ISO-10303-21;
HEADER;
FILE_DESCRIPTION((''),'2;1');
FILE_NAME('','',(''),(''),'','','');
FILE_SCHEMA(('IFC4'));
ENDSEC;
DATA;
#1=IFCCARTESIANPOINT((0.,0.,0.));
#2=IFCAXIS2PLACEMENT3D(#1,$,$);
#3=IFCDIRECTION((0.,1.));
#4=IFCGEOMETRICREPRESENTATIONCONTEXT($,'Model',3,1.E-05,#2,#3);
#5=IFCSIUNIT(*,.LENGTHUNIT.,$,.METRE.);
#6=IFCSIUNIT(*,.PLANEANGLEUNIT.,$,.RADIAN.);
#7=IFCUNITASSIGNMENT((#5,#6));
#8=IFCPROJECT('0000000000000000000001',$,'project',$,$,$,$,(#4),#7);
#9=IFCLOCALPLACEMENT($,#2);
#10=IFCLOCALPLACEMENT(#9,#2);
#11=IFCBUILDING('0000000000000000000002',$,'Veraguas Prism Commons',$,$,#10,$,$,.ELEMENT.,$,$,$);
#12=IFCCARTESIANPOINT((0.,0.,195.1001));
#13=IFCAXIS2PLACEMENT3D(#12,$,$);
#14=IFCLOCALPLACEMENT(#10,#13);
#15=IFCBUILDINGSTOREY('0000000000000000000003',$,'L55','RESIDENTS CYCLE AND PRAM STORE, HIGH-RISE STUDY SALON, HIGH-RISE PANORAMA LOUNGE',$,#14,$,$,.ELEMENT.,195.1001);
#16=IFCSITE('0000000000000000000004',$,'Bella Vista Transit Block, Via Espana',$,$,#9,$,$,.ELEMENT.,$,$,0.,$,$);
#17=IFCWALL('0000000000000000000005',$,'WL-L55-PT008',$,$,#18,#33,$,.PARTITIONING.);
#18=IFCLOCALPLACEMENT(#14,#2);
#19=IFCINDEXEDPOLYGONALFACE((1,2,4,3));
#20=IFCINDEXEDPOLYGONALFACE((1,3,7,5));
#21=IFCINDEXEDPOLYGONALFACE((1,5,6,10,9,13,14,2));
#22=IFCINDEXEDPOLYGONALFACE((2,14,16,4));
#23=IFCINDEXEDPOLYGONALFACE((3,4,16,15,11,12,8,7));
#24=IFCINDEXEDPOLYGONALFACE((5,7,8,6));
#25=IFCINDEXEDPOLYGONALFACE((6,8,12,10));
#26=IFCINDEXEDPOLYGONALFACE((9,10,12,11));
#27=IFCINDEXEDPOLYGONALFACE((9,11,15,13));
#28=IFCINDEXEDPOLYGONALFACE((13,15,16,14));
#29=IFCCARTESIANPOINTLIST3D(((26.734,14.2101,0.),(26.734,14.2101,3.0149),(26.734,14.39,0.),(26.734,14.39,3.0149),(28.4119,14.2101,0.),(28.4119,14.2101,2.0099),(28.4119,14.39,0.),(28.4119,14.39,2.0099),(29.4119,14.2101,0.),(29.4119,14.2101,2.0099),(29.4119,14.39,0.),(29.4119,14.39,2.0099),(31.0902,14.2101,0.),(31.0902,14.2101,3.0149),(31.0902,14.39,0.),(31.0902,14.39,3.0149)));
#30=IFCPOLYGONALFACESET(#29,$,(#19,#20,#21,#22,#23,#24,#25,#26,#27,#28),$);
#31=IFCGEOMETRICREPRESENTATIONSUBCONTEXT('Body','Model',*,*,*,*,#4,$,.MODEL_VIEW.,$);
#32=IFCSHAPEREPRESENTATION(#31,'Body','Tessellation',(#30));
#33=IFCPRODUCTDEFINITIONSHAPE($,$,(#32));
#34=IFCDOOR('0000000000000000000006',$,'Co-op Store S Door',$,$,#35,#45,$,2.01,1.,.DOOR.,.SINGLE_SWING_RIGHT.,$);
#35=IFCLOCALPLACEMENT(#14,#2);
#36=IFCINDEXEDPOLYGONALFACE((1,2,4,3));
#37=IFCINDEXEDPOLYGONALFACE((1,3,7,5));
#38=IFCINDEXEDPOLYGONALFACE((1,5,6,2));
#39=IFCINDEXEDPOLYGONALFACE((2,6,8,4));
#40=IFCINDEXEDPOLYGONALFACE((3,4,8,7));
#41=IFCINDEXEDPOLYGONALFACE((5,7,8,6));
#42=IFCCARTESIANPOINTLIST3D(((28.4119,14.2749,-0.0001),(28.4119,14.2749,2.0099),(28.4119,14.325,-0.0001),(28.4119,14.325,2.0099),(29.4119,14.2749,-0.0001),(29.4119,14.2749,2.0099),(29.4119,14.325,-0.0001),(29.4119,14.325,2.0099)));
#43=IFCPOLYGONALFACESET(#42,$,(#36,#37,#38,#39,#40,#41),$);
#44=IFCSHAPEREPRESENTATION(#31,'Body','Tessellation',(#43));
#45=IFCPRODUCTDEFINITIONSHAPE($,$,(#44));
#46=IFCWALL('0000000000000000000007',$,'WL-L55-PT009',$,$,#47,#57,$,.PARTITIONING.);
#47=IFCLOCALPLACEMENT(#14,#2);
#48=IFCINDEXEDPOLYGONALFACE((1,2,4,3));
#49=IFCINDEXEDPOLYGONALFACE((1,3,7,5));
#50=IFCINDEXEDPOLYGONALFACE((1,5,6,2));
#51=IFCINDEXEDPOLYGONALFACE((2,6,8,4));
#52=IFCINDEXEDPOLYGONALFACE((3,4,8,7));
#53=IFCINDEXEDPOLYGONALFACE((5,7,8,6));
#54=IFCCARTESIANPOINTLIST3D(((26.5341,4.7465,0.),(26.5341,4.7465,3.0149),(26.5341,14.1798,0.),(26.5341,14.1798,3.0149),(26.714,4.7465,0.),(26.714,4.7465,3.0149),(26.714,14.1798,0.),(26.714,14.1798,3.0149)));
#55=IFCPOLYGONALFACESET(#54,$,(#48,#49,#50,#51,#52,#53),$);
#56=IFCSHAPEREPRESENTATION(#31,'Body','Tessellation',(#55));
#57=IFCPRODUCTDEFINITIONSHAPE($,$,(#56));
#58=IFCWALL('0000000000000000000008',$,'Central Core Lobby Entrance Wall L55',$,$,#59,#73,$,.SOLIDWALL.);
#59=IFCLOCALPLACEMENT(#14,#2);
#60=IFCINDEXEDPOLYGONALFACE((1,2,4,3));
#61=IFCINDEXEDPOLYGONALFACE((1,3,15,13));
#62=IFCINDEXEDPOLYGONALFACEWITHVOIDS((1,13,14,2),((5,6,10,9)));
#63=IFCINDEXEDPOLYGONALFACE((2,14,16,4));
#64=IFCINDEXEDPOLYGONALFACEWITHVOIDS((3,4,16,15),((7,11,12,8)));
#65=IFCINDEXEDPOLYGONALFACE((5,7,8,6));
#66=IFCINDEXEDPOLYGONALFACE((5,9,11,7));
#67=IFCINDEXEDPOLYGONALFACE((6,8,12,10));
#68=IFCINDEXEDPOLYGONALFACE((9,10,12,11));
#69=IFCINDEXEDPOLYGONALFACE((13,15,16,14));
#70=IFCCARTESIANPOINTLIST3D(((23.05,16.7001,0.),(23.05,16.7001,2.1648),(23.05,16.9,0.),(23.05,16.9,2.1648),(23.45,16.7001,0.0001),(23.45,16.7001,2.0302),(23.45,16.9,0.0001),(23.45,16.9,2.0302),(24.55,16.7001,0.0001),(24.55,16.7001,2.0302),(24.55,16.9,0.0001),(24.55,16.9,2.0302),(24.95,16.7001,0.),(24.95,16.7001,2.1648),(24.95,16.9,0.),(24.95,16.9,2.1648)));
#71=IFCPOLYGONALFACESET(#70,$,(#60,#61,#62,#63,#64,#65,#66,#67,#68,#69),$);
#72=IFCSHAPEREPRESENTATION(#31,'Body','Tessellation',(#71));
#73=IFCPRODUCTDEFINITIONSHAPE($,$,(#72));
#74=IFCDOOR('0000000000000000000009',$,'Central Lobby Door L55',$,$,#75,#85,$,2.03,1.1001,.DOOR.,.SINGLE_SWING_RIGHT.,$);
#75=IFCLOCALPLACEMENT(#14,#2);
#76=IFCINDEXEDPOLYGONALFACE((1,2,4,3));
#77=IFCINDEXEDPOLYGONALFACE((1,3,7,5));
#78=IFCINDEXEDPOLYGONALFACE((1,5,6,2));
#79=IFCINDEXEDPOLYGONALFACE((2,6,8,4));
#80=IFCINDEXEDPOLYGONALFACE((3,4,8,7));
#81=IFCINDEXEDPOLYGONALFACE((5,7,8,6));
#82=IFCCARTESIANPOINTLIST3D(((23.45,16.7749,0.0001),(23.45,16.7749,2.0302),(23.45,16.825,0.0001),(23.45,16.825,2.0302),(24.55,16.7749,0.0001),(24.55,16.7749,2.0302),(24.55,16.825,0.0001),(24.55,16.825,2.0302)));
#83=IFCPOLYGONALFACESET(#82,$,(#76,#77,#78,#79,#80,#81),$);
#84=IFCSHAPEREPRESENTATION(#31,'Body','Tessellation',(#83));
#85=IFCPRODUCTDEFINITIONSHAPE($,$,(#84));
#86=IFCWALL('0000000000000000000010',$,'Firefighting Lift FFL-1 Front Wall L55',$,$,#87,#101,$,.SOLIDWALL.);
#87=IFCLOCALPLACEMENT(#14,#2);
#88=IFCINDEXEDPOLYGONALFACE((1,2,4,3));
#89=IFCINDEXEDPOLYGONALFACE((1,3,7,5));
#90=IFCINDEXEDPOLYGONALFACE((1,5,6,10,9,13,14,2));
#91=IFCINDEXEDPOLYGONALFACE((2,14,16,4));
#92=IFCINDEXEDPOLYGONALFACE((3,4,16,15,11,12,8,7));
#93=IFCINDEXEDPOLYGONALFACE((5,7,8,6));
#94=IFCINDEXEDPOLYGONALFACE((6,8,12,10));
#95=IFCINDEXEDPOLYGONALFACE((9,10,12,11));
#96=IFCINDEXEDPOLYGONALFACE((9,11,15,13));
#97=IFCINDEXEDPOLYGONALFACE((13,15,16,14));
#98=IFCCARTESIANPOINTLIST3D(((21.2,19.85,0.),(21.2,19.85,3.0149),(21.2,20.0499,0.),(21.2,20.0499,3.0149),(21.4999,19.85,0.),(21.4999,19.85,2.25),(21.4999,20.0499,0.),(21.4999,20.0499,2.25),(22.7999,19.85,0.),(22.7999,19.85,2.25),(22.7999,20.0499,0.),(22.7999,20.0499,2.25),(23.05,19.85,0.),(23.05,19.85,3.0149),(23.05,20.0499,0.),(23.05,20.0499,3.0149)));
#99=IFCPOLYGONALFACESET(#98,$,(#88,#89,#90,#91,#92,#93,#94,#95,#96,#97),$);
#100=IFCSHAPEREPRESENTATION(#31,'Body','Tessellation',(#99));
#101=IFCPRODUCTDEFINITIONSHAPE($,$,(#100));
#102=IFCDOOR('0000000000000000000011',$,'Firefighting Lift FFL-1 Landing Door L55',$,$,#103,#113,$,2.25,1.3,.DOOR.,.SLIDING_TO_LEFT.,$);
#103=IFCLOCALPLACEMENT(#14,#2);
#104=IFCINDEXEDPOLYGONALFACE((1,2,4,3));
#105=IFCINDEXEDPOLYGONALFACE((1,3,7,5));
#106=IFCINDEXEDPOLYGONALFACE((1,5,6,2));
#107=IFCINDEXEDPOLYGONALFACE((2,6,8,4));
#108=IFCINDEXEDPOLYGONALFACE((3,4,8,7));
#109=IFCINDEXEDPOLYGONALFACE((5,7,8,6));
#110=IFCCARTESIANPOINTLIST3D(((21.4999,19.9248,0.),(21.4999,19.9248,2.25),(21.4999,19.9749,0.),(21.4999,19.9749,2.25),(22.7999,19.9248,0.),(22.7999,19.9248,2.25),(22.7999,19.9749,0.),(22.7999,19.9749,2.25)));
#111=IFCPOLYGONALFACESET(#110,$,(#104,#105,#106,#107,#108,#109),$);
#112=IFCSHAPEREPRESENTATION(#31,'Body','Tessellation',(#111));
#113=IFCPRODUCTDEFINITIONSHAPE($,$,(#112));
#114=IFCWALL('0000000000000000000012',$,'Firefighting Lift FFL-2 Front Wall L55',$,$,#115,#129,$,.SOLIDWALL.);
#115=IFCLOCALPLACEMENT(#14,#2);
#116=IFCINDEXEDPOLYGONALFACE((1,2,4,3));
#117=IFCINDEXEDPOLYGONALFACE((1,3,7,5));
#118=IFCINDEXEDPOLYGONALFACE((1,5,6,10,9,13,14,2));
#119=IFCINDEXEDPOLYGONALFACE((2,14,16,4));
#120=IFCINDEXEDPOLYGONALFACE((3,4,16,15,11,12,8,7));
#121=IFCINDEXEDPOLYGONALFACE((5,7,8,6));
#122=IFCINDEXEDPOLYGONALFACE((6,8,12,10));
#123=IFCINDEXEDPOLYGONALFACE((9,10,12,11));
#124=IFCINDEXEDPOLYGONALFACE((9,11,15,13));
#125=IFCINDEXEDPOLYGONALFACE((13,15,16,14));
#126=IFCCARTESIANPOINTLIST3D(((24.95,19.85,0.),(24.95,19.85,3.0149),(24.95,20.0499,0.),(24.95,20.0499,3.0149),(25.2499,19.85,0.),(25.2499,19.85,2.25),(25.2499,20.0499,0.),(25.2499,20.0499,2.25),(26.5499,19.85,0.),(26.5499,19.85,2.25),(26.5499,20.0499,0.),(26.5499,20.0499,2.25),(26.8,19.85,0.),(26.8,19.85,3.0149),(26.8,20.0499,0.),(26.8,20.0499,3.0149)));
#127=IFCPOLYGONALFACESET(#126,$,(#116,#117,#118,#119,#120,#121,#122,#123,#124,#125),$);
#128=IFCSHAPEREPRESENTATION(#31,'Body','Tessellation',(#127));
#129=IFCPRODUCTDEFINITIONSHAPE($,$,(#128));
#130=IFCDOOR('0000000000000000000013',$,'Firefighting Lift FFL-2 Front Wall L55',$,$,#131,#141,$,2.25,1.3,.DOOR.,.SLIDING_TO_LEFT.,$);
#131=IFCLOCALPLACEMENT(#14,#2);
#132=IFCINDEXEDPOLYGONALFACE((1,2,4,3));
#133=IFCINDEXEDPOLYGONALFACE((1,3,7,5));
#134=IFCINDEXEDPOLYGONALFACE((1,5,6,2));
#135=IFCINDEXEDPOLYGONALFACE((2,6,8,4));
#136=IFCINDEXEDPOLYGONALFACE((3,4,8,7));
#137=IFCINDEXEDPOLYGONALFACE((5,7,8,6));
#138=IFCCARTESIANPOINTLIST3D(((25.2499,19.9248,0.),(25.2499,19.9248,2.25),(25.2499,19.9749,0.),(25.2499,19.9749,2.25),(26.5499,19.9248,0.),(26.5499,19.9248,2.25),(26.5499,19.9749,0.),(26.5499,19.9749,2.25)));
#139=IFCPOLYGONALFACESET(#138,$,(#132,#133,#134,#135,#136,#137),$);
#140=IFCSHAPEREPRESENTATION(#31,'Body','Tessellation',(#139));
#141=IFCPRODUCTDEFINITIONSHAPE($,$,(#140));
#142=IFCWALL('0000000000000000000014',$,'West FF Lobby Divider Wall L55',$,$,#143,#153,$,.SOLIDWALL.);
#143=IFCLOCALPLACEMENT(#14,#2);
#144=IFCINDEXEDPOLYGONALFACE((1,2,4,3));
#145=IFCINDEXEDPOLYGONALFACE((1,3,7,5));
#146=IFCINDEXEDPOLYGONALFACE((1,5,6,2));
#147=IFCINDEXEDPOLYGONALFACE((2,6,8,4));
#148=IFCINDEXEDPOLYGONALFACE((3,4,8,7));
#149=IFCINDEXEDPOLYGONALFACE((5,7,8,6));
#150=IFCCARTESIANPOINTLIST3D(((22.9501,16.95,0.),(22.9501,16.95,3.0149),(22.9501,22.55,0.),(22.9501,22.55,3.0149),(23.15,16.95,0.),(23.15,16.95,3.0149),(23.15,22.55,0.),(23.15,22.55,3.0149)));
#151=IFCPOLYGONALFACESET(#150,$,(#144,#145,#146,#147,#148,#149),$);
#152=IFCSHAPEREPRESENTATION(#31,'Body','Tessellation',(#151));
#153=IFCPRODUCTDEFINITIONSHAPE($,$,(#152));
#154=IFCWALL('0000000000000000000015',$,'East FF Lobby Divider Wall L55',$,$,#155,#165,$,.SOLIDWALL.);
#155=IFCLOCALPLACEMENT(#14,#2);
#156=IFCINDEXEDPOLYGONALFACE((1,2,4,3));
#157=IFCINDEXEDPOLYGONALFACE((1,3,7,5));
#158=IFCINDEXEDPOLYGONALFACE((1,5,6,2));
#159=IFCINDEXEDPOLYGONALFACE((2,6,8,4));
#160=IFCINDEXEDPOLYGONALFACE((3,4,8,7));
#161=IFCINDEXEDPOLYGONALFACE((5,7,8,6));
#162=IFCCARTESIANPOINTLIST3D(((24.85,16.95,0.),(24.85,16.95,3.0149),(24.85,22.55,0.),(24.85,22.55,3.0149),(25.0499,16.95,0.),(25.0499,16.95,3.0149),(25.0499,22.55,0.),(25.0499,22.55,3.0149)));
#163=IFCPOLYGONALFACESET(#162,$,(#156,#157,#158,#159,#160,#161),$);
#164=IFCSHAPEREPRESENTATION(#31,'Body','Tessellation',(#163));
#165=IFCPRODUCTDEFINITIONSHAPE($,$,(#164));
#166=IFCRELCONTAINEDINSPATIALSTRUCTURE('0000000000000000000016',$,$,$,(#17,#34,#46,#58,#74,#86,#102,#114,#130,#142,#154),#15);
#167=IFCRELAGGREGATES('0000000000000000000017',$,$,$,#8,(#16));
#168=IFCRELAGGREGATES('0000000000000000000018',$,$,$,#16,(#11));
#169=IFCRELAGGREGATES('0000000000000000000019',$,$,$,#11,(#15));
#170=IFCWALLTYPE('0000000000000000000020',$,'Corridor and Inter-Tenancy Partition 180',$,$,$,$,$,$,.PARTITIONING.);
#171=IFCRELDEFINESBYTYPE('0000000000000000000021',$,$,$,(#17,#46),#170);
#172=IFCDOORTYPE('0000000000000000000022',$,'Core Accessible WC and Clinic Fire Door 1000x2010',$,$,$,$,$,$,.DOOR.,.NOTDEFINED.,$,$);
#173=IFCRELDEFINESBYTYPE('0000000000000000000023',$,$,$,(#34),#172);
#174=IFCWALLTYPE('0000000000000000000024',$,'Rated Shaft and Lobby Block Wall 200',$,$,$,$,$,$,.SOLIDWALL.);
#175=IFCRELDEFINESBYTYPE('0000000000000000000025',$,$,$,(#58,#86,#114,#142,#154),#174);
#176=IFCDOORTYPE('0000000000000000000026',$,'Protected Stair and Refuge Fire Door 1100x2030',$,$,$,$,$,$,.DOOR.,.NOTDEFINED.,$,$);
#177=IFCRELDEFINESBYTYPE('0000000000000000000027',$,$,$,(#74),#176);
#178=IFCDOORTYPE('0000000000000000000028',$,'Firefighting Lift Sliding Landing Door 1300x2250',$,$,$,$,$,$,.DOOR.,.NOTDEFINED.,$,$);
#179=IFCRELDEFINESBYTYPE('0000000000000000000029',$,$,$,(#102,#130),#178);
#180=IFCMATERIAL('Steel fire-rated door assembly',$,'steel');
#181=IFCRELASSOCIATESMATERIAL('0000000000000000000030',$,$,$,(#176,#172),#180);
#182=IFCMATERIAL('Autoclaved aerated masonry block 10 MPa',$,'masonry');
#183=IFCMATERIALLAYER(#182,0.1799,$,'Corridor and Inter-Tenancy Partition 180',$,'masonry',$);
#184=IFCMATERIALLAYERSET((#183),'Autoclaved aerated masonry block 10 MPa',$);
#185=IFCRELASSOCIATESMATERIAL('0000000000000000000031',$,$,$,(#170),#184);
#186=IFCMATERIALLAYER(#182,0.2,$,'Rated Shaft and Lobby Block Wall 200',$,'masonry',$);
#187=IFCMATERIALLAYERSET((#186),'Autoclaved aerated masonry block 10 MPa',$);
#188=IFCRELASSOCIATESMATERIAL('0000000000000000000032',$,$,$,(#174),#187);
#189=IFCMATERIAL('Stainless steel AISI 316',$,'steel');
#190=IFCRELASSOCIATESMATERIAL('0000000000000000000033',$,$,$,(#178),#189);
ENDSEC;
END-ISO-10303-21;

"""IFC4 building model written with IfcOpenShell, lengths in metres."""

from ifc_helpers import new_model, si_unit, direction, frame, frame_2d, origin, place, context, subcontext, project, spatial, rectangle, extrude, source, transform, mapped, material, layer, layer_set, type_object, element, fill, save


model = new_model("IFC4")

# Units and contexts
model_context = context("Model", 3, precision=1e-05, world=origin(), true_north=direction((0.0, 1.0)))
body_context = subcontext(model_context, "Body", "Model", "MODEL_VIEW")
ifc_project = project(units=[si_unit("LENGTHUNIT", "METRE"), si_unit("PLANEANGLEUNIT", "RADIAN")], contexts=[model_context])

# Site, building, storey
site_placement = place(None, origin())
site = spatial("IfcSite", under=ifc_project, at=site_placement, Name="Bella Vista Transit Block, Via Espana", CompositionType="ELEMENT", RefElevation=0.0)
building_placement = place(site_placement, origin())
building = spatial("IfcBuilding", under=site, at=building_placement, Name="Veraguas Prism Commons", CompositionType="ELEMENT")
storey_placement = place(building_placement, frame((0.0, 0.0, 195.1001)))
storey = spatial("IfcBuildingStorey", under=building, at=storey_placement, Name="L55", Description="RESIDENTS CYCLE AND PRAM STORE, HIGH-RISE STUDY SALON, HIGH-RISE PANORAMA LOUNGE", CompositionType="ELEMENT", Elevation=195.1001)

# Shared definitions
ifc_material_1 = material(Name="Steel fire-rated door assembly", Category="steel")
door_type_1 = type_object("IfcDoorType", Name="Protected Stair and Refuge Fire Door 1100x2030", OperationType="NOTDEFINED", PredefinedType="DOOR", material=ifc_material_1)
shared_shape_1 = source(origin(), body_context, "Body", "SweptSolid", [
    extrude(rectangle(XDim=1.1001, YDim=2.03, at=frame_2d((0.55, 1.0151))), frame((0.0, 0.0249, 0.0), z_axis=(0.0, -1.0, 0.0), x_axis=(1.0, 0.0, 0.0)), (0.0, 0.0, 1.0), 0.05),
])

# Shared definitions
ifc_material_2 = material(Name="Autoclaved aerated masonry block 10 MPa", Category="masonry")
ifc_layer_1 = layer(ifc_material_2, 0.1799, Name="Corridor and Inter-Tenancy Partition 180", Category="masonry")
ifc_layer_set_1 = layer_set([ifc_layer_1], Name="Autoclaved aerated masonry block 10 MPa")
wall_type_1 = type_object("IfcWallType", Name="Corridor and Inter-Tenancy Partition 180", PredefinedType="PARTITIONING", material=ifc_layer_set_1)

# Wall, opening, door
door_type_2 = type_object("IfcDoorType", Name="Core Accessible WC and Clinic Fire Door 1000x2010", OperationType="NOTDEFINED", PredefinedType="DOOR", material=ifc_material_1)
shared_shape_2 = source(origin(), body_context, "Body", "SweptSolid", [
    extrude(rectangle(XDim=1.0, YDim=2.01, at=frame_2d((0.5, 1.0049))), frame((0.0, 0.0249, 0.0), z_axis=(0.0, -1.0, 0.0), x_axis=(1.0, 0.0, 0.0)), (0.0, 0.0, 1.0), 0.05),
])
wall_1_placement = place(storey_placement, frame((26.7339, 14.3, 0.0), z_axis=(0.0, 0.0, 1.0), x_axis=(1.0, 0.0, 0.0)))
wall_1 = element("IfcWall", 1, at=wall_1_placement, inside=storey, type_object=wall_type_1, Name="WL-L55-PT008", PredefinedType="PARTITIONING", context=body_context, shape_type="SweptSolid", body=[
    extrude(rectangle(XDim=4.3562, YDim=0.1799, at=frame_2d((2.1782, 0.0))), origin(), (0.0, 0.0, 1.0), 3.0149),
])
opening_1_placement = place(wall_1_placement, frame((1.678, 0.0, 0.0)))
opening_1 = element("IfcOpeningElement", 2, at=opening_1_placement, cuts=wall_1, PredefinedType="OPENING", context=body_context, shape_type="SweptSolid", body=[
    extrude(rectangle(XDim=1.0, YDim=2.01, at=frame_2d((0.5, 1.0049))), frame((0.0, 0.0999, 0.0), z_axis=(0.0, -1.0, 0.0), x_axis=(1.0, 0.0, 0.0)), (0.0, 0.0, 1.0), 0.2),
])
door_1_placement = place(opening_1_placement, origin())
door_1 = element("IfcDoor", 3, at=door_1_placement, inside=storey, type_object=door_type_2, Name="Co-op Store S Door", OperationType="SINGLE_SWING_RIGHT", OverallHeight=2.01, OverallWidth=1.0, PredefinedType="DOOR", context=body_context, shape_type="MappedRepresentation", body=[
    mapped(shared_shape_2, transform((0.0, 0.0, 0.0), scale=1.0)),
])
fill(opening_1, door_1)

# Wall
wall_2_placement = place(storey_placement, frame((26.624, 14.1799, 0.0), z_axis=(0.0, 0.0, 1.0), x_axis=(0.0, -1.0, 0.0)))
element("IfcWall", 4, at=wall_2_placement, inside=storey, type_object=wall_type_1, Name="WL-L55-PT009", PredefinedType="PARTITIONING", context=body_context, shape_type="SweptSolid", body=[
    extrude(rectangle(XDim=9.4333, YDim=0.1799, at=frame_2d((4.7168, 0.0))), origin(), (0.0, 0.0, 1.0), 3.0149),
])

# Walls, openings, doors
ifc_layer_2 = layer(ifc_material_2, 0.2, Name="Rated Shaft and Lobby Block Wall 200", Category="masonry")
ifc_layer_set_2 = layer_set([ifc_layer_2], Name="Autoclaved aerated masonry block 10 MPa")
wall_type_2 = type_object("IfcWallType", Name="Rated Shaft and Lobby Block Wall 200", PredefinedType="SOLIDWALL", material=ifc_layer_set_2)
wall_3_placement = place(storey_placement, frame((23.05, 16.8, 0.0), z_axis=(0.0, 0.0, 1.0), x_axis=(1.0, 0.0, 0.0)))
wall_3 = element("IfcWall", 5, at=wall_3_placement, inside=storey, type_object=wall_type_2, Name="Central Core Lobby Entrance Wall L55", PredefinedType="SOLIDWALL", context=body_context, shape_type="SweptSolid", body=[
    extrude(rectangle(XDim=1.8999, YDim=0.2, at=frame_2d((0.95, 0.0))), origin(), (0.0, 0.0, 1.0), 2.1648),
])
opening_2_placement = place(wall_3_placement, frame((0.3999, 0.0, 0.0)))
opening_2 = element("IfcOpeningElement", 6, at=opening_2_placement, cuts=wall_3, PredefinedType="OPENING", context=body_context, shape_type="SweptSolid", body=[
    extrude(rectangle(XDim=1.1001, YDim=2.03, at=frame_2d((0.55, 1.0151))), frame((0.0, 0.1099, 0.0), z_axis=(0.0, -1.0, 0.0), x_axis=(1.0, 0.0, 0.0)), (0.0, 0.0, 1.0), 0.22),
])
door_2_placement = place(opening_2_placement, origin())
door_2 = element("IfcDoor", 7, at=door_2_placement, inside=storey, type_object=door_type_1, Name="Central Lobby Door L55", OperationType="SINGLE_SWING_RIGHT", OverallHeight=2.03, OverallWidth=1.1001, PredefinedType="DOOR", context=body_context, shape_type="MappedRepresentation", body=[
    mapped(shared_shape_1, transform((0.0, 0.0, 0.0), scale=1.0)),
])
fill(opening_2, door_2)
wall_4_placement = place(storey_placement, frame((21.2, 19.95, 0.0), z_axis=(0.0, 0.0, 1.0), x_axis=(1.0, 0.0, 0.0)))
wall_4 = element("IfcWall", 8, at=wall_4_placement, inside=storey, type_object=wall_type_2, Name="Firefighting Lift FFL-1 Front Wall L55", PredefinedType="SOLIDWALL", context=body_context, shape_type="SweptSolid", body=[
    extrude(rectangle(XDim=1.8501, YDim=0.2, at=frame_2d((0.925, 0.0))), origin(), (0.0, 0.0, 1.0), 3.0149),
])
opening_3_placement = place(wall_4_placement, frame((0.3, 0.0, 0.0)))
opening_3 = element("IfcOpeningElement", 9, at=opening_3_placement, cuts=wall_4, PredefinedType="OPENING", context=body_context, shape_type="SweptSolid", body=[
    extrude(rectangle(XDim=1.3, YDim=2.25, at=frame_2d((0.6499, 1.125))), frame((0.0, 0.1099, 0.0), z_axis=(0.0, -1.0, 0.0), x_axis=(1.0, 0.0, 0.0)), (0.0, 0.0, 1.0), 0.22),
])
ifc_material_3 = material(Name="Stainless steel AISI 316", Category="steel")
door_type_3 = type_object("IfcDoorType", Name="Firefighting Lift Sliding Landing Door 1300x2250", OperationType="NOTDEFINED", PredefinedType="DOOR", material=ifc_material_3)
shared_shape_3 = source(origin(), body_context, "Body", "SweptSolid", [
    extrude(rectangle(XDim=1.3, YDim=2.25, at=frame_2d((0.6499, 1.125))), frame((0.0, 0.0249, 0.0), z_axis=(0.0, -1.0, 0.0), x_axis=(1.0, 0.0, 0.0)), (0.0, 0.0, 1.0), 0.05),
])
door_3_placement = place(opening_3_placement, origin())
door_3 = element("IfcDoor", 10, at=door_3_placement, inside=storey, type_object=door_type_3, Name="Firefighting Lift FFL-1 Landing Door L55", OperationType="SLIDING_TO_LEFT", OverallHeight=2.25, OverallWidth=1.3, PredefinedType="DOOR", context=body_context, shape_type="MappedRepresentation", body=[
    mapped(shared_shape_3, transform((0.0, 0.0, 0.0), scale=1.0)),
])
fill(opening_3, door_3)
wall_5_placement = place(storey_placement, frame((24.95, 19.95, 0.0), z_axis=(0.0, 0.0, 1.0), x_axis=(1.0, 0.0, 0.0)))
wall_5 = element("IfcWall", 11, at=wall_5_placement, inside=storey, type_object=wall_type_2, Name="Firefighting Lift FFL-2 Front Wall L55", PredefinedType="SOLIDWALL", context=body_context, shape_type="SweptSolid", body=[
    extrude(rectangle(XDim=1.8501, YDim=0.2, at=frame_2d((0.925, 0.0))), origin(), (0.0, 0.0, 1.0), 3.0149),
])
opening_4_placement = place(wall_5_placement, frame((0.3, 0.0, 0.0)))
opening_4 = element("IfcOpeningElement", 12, at=opening_4_placement, cuts=wall_5, PredefinedType="OPENING", context=body_context, shape_type="SweptSolid", body=[
    extrude(rectangle(XDim=1.3, YDim=2.25, at=frame_2d((0.6499, 1.125))), frame((0.0, 0.1099, 0.0), z_axis=(0.0, -1.0, 0.0), x_axis=(1.0, 0.0, 0.0)), (0.0, 0.0, 1.0), 0.22),
])
door_4_placement = place(opening_4_placement, origin())
door_4 = element("IfcDoor", 13, at=door_4_placement, inside=storey, type_object=door_type_3, Name="Firefighting Lift FFL-2 Front Wall L55", OperationType="SLIDING_TO_LEFT", OverallHeight=2.25, OverallWidth=1.3, PredefinedType="DOOR", context=body_context, shape_type="MappedRepresentation", body=[
    mapped(shared_shape_3, transform((0.0, 0.0, 0.0), scale=1.0)),
])
fill(opening_4, door_4)

# Walls
for number, where, z_axis, x_axis, name in (
    (14, (23.05, 16.95, 0.0), (0.0, 0.0, 1.0), (0.0, 1.0, 0.0), "West FF Lobby Divider Wall L55"),
    (15, (24.95, 16.95, 0.0), (0.0, 0.0, 1.0), (0.0, 1.0, 0.0), "East FF Lobby Divider Wall L55"),
):
    element("IfcWall", number, at=place(storey_placement, frame(where, z_axis=z_axis, x_axis=x_axis)), inside=storey, type_object=wall_type_2, Name=name, PredefinedType="SOLIDWALL", context=body_context, shape_type="SweptSolid", body=[
        extrude(rectangle(XDim=5.6001, YDim=0.2, at=frame_2d((2.8, 0.0))), origin(), (0.0, 0.0, 1.0), 3.0149),
    ])

save(model, "model.ifc")
